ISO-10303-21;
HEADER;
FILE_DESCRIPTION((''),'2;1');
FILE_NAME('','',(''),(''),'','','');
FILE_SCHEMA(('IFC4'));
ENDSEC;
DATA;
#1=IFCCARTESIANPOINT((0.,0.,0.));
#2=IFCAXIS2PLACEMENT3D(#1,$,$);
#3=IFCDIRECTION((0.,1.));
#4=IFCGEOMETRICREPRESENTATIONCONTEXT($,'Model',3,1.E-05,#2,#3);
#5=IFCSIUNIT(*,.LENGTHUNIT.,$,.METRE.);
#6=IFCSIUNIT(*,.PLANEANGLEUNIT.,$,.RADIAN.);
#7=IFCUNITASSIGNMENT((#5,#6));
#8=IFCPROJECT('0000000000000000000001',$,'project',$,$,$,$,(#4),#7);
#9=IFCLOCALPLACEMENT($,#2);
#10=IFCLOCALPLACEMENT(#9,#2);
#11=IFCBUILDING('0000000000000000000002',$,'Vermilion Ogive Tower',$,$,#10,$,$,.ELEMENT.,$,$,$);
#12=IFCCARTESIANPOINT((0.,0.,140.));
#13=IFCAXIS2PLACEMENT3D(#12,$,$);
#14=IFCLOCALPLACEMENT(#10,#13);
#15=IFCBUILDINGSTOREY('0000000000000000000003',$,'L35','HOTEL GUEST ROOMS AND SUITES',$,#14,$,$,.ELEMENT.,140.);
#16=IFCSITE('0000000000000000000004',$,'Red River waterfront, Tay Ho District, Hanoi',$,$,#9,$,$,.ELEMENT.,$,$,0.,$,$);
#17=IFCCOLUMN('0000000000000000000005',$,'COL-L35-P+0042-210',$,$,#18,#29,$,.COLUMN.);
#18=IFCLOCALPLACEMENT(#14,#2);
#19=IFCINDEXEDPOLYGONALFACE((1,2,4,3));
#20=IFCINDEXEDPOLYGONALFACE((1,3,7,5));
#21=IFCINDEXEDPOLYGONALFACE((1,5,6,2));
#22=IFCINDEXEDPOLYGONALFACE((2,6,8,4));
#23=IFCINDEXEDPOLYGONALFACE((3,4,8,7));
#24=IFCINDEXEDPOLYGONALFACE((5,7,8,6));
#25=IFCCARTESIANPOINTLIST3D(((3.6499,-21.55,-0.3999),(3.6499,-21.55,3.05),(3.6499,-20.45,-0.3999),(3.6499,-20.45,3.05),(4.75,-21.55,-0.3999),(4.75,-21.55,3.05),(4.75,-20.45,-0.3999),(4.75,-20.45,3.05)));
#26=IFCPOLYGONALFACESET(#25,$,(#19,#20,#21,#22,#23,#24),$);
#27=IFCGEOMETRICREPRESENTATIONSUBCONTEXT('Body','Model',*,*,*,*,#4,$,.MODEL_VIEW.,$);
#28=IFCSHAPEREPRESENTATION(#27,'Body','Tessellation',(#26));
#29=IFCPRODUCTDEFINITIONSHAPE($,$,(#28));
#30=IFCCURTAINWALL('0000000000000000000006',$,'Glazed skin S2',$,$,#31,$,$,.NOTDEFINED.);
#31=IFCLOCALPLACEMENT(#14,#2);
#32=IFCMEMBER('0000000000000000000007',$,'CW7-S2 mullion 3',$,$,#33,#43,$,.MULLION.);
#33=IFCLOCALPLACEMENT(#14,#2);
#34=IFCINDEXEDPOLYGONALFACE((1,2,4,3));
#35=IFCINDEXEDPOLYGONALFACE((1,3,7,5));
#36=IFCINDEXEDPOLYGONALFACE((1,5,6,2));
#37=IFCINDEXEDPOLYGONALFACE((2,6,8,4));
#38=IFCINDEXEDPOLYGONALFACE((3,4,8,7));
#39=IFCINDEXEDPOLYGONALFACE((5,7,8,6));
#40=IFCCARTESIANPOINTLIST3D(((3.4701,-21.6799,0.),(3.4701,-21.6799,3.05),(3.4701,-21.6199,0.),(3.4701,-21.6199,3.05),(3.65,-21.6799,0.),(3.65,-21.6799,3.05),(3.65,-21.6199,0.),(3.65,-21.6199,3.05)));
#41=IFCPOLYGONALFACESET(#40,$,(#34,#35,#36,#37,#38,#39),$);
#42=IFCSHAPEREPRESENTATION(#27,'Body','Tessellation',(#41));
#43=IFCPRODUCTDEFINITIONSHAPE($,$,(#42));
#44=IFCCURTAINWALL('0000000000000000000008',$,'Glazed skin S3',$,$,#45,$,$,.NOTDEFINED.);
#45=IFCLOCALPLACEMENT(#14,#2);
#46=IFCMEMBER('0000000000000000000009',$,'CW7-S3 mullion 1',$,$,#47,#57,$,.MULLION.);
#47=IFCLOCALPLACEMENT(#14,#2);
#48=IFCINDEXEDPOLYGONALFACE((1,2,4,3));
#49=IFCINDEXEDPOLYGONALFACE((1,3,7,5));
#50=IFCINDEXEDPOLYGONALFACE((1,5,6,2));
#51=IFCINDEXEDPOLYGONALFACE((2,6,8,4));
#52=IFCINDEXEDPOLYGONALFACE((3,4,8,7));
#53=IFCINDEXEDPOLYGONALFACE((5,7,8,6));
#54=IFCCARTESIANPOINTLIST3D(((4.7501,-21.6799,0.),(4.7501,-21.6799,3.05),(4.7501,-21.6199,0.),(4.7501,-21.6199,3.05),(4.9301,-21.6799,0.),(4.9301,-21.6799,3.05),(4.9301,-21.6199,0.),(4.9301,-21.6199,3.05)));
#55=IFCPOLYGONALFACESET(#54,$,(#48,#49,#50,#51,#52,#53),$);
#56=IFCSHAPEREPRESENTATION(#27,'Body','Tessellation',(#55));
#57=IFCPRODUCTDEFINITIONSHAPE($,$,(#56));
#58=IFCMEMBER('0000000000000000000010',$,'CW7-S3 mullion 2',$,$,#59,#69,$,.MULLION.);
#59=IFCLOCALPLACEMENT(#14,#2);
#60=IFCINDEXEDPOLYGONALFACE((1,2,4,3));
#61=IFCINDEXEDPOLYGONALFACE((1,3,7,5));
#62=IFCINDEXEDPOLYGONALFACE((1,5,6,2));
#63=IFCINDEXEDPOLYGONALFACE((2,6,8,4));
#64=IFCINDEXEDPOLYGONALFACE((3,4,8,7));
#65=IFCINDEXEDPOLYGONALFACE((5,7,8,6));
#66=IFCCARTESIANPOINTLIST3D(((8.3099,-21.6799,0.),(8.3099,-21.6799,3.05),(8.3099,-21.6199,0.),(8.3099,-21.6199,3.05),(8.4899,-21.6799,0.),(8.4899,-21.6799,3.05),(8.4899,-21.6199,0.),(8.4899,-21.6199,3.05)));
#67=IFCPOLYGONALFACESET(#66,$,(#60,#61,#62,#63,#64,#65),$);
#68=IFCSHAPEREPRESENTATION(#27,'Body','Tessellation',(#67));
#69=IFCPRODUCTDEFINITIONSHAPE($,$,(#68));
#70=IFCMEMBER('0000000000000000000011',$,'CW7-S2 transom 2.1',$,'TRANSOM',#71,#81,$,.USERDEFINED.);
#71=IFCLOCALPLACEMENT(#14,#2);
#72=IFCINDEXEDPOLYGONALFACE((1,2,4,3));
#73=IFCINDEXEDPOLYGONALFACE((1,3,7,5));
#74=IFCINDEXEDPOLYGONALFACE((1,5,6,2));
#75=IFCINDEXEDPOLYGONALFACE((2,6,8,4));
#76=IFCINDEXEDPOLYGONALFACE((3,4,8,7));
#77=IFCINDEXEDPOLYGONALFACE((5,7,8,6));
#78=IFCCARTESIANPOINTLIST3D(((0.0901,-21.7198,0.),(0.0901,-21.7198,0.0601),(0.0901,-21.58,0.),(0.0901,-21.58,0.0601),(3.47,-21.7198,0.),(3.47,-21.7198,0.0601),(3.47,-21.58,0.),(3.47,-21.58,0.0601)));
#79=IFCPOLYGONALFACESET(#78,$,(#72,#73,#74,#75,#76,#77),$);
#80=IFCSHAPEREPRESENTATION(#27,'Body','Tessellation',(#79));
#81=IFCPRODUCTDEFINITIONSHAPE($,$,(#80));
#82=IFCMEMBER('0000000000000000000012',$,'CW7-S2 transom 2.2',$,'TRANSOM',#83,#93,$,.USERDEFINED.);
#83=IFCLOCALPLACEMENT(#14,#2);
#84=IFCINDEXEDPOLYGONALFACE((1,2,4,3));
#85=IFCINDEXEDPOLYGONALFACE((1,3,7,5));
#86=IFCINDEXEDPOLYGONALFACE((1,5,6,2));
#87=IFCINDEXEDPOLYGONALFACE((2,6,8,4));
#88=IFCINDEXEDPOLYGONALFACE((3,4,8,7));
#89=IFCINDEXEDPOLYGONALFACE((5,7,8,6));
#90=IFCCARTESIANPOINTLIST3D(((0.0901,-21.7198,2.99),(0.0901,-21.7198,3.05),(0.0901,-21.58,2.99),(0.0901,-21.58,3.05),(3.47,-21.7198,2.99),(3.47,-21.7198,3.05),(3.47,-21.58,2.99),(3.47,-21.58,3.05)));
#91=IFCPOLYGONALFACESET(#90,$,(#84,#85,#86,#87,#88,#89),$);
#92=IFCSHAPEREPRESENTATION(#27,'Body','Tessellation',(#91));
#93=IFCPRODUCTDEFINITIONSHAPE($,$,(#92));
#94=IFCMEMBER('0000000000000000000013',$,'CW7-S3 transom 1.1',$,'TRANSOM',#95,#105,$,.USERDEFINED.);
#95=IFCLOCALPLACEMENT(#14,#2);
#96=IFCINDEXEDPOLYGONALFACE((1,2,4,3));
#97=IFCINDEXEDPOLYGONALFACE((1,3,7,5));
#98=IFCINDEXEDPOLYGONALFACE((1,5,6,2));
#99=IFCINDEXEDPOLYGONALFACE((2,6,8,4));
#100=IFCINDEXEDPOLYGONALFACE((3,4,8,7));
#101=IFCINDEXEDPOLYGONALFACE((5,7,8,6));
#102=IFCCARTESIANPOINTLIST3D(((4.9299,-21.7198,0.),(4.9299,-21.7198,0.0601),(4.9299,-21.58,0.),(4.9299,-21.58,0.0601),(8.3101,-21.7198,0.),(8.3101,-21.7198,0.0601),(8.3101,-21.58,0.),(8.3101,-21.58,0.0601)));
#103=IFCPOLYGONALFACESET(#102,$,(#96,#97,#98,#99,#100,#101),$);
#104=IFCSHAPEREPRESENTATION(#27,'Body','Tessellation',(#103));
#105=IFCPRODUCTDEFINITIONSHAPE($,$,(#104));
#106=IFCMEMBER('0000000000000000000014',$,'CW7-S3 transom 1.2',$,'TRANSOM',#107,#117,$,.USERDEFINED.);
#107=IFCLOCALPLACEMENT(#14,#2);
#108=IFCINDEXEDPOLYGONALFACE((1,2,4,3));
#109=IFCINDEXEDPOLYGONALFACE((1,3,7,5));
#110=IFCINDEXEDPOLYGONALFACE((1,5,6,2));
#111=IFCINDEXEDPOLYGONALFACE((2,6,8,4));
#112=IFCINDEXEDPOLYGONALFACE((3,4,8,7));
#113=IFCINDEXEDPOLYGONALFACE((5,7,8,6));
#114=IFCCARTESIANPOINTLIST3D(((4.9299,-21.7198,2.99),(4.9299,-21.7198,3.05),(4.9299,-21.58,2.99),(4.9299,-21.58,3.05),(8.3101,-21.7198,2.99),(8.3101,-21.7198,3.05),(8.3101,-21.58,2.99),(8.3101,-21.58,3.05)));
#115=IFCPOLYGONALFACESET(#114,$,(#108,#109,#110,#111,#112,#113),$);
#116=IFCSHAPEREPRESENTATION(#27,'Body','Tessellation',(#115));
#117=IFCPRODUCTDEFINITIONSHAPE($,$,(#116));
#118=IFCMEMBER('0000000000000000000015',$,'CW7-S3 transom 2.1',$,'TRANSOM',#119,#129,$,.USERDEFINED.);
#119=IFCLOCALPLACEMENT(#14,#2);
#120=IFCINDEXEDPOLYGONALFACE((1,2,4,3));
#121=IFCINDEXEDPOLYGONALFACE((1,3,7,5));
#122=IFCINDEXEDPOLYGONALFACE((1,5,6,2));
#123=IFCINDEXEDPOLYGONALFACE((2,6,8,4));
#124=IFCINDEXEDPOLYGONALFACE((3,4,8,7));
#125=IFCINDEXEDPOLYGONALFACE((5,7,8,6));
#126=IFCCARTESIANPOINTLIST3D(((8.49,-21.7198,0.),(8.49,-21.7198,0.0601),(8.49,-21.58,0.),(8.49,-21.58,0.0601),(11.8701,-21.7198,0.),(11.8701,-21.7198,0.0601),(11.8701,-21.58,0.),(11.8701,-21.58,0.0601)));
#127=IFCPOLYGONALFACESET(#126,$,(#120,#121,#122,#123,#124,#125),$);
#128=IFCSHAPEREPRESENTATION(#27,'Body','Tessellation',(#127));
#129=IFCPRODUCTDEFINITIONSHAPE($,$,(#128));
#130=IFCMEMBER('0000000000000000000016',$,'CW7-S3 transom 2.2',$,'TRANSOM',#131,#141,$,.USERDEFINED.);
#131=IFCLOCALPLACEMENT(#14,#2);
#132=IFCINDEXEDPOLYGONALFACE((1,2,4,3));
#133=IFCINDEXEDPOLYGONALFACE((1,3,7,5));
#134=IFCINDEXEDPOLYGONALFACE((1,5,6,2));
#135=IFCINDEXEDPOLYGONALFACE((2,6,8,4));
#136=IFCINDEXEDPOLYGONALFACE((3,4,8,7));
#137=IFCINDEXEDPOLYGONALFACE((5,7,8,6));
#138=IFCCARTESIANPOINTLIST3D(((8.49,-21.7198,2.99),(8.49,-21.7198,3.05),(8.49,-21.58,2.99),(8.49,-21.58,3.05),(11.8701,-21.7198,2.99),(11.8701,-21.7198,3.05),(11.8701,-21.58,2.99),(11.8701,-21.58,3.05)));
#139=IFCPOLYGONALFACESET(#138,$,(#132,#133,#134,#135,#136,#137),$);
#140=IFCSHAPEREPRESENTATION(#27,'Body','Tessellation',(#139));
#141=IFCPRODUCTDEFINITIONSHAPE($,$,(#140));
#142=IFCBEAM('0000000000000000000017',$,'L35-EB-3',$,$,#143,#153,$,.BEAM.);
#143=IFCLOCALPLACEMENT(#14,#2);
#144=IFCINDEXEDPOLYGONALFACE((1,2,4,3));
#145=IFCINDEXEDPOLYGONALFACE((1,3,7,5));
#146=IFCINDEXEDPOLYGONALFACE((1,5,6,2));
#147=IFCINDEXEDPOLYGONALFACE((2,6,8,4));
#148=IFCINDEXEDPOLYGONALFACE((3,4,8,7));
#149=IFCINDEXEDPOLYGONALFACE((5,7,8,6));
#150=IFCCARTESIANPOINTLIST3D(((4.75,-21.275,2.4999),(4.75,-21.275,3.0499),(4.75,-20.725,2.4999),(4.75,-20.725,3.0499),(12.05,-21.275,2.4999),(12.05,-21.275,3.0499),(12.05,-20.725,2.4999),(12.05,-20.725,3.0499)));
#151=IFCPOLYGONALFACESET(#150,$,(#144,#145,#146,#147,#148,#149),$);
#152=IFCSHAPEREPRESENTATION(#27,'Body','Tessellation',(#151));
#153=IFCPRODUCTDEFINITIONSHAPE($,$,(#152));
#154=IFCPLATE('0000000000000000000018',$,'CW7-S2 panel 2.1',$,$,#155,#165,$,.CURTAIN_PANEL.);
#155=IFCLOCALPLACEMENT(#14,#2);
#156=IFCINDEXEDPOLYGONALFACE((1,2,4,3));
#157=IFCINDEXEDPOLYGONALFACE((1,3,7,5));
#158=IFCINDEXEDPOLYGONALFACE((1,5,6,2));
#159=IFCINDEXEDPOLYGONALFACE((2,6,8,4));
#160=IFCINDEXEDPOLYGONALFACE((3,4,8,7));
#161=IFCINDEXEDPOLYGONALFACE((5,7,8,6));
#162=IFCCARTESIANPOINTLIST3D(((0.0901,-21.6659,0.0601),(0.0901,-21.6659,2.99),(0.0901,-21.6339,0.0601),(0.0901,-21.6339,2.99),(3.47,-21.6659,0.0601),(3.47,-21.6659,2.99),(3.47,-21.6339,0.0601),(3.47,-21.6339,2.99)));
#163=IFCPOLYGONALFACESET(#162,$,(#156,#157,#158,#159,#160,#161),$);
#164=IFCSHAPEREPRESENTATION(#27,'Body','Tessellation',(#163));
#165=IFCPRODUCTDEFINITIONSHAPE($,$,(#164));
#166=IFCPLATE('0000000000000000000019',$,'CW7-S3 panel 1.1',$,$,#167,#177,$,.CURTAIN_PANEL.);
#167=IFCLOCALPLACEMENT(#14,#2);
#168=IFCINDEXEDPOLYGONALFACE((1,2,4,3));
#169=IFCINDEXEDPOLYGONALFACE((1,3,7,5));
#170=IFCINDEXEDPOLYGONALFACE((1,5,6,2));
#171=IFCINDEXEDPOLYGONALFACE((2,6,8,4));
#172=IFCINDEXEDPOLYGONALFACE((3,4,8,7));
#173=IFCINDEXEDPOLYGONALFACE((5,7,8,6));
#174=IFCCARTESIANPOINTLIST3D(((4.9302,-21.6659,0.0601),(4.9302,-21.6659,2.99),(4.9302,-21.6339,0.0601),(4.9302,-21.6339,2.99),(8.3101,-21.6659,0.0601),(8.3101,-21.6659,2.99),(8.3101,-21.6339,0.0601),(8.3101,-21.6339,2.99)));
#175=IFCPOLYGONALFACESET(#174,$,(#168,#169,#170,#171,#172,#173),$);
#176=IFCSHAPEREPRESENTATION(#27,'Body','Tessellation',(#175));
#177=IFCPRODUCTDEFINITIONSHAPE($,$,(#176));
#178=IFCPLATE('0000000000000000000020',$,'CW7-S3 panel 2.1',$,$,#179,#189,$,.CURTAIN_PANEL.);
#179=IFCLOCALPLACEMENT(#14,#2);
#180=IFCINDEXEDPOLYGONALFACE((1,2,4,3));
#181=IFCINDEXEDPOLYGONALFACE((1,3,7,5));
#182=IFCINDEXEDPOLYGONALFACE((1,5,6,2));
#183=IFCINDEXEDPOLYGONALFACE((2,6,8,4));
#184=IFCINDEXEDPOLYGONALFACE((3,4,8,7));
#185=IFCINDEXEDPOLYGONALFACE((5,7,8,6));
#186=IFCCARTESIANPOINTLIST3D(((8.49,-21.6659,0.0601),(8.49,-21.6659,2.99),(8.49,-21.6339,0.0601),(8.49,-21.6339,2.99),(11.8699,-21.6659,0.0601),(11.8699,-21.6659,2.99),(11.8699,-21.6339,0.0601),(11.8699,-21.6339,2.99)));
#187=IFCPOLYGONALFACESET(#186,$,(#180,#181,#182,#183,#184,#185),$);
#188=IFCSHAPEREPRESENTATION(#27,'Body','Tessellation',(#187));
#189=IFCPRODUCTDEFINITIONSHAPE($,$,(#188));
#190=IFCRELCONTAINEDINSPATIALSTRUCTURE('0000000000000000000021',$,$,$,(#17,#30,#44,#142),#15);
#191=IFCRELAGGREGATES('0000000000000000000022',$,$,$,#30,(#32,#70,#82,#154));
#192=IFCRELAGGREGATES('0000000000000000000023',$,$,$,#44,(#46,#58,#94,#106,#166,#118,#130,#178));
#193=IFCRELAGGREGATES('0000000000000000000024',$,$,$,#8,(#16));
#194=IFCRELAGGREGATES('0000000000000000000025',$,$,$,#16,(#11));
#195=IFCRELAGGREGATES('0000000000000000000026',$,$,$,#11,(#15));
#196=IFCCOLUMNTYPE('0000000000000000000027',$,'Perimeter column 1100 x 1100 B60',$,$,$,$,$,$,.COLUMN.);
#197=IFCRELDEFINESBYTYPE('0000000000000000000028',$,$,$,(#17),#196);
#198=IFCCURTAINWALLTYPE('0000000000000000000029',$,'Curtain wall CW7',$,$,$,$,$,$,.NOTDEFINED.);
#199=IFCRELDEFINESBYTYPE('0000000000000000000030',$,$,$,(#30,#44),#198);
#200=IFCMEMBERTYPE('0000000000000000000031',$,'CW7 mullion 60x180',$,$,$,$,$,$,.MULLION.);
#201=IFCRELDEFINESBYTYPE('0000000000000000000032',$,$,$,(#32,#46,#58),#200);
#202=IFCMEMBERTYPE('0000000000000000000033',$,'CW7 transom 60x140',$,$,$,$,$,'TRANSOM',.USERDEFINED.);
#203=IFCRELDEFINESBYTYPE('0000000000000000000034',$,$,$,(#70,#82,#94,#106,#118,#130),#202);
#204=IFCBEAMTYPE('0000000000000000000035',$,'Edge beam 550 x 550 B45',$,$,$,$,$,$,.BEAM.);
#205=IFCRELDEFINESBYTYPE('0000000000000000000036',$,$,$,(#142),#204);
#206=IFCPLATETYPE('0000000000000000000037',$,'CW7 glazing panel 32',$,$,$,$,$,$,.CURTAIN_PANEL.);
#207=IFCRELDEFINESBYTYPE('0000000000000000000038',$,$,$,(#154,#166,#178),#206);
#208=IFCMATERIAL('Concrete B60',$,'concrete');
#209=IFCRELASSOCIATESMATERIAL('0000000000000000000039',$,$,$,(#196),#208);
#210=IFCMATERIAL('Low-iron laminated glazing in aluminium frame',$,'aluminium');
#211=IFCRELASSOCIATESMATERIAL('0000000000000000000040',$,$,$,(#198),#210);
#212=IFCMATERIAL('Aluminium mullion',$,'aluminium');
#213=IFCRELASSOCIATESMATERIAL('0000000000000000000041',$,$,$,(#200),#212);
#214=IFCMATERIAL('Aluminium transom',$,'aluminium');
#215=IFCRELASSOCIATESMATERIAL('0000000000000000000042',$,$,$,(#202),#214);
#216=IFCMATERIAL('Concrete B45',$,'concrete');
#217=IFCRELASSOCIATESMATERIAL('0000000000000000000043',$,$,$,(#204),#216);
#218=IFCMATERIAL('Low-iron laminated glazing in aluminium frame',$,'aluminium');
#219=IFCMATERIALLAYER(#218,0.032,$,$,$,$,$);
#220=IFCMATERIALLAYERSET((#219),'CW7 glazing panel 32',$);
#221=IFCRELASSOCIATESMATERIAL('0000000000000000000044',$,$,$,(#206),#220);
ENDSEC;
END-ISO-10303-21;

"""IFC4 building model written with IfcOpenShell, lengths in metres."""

from ifc_helpers import new_model, si_unit, direction, frame, origin, origin_2d, place, context, subcontext, project, spatial, rectangle, extrude, material, layer, layer_set, material_profile, profile_set, type_object, element, aggregate, save


model = new_model("IFC4")

# Units and contexts
model_context = context("Model", 3, precision=1e-05, world=origin(), true_north=direction((0.0, 1.0)))
body_context = subcontext(model_context, "Body", "Model", "MODEL_VIEW")
ifc_project = project(units=[si_unit("LENGTHUNIT", "METRE"), si_unit("PLANEANGLEUNIT", "RADIAN")], contexts=[model_context])

# Site, building, storey
site_placement = place(None, origin())
site = spatial("IfcSite", under=ifc_project, at=site_placement, Name="Red River waterfront, Tay Ho District, Hanoi", CompositionType="ELEMENT", RefElevation=0.0)
building_placement = place(site_placement, origin())
building = spatial("IfcBuilding", under=site, at=building_placement, Name="Vermilion Ogive Tower", CompositionType="ELEMENT")
storey_placement = place(building_placement, frame((0.0, 0.0, 140.0)))
storey = spatial("IfcBuildingStorey", under=building, at=storey_placement, Name="L35", Description="HOTEL GUEST ROOMS AND SUITES", CompositionType="ELEMENT", Elevation=140.0)

# Column
ifc_material_1 = material(Name="Concrete B60", Category="concrete")
ifc_material_profile_1 = material_profile(ifc_material_1, rectangle(XDim=1.1001, YDim=1.1001, at=origin_2d()), Name="1100 x 1100")
ifc_profile_set_1 = profile_set([ifc_material_profile_1], Name="Concrete B60")
column_type = type_object("IfcColumnType", Name="Perimeter column 1100 x 1100 B60", PredefinedType="COLUMN", material=ifc_profile_set_1)
column_placement = place(storey_placement, frame((4.2, -21.0, -0.3999), z_axis=(0.0, 0.0, 1.0), x_axis=(1.0, 0.0, 0.0)))
element("IfcColumn", 1, at=column_placement, inside=storey, type_object=column_type, Name="COL-L35-P+0042-210", PredefinedType="COLUMN", context=body_context, shape_type="SweptSolid", body=[
    extrude(rectangle(XDim=1.1001, YDim=1.1001, at=origin_2d()), origin(), (0.0, 0.0, 1.0), 3.45),
])

# Curtain wall, member
ifc_material_2 = material(Name="Low-iron laminated glazing in aluminium frame", Category="aluminium")
curtain_wall_type = type_object("IfcCurtainWallType", Name="Curtain wall CW7", PredefinedType="NOTDEFINED", material=ifc_material_2)
curtain_wall_1_placement = place(storey_placement, origin())
curtain_wall_1 = element("IfcCurtainWall", 2, at=curtain_wall_1_placement, inside=storey, type_object=curtain_wall_type, Name="Glazed skin S2", PredefinedType="NOTDEFINED")
ifc_material_3 = material(Name="Aluminium mullion", Category="aluminium")
ifc_material_profile_2 = material_profile(ifc_material_3, rectangle(XDim=0.0601, YDim=0.1799, at=origin_2d()), Name="AL 60x180")
ifc_profile_set_2 = profile_set([ifc_material_profile_2], Name="Aluminium mullion")
member_type_1 = type_object("IfcMemberType", Name="CW7 mullion 60x180", PredefinedType="MULLION", material=ifc_profile_set_2)
member_1_placement = place(storey_placement, frame((3.5601, -21.6499, 0.0), z_axis=(0.0, 0.0, 1.0), x_axis=(0.0, 1.0, 0.0)))
member_1 = element("IfcMember", 3, at=member_1_placement, type_object=member_type_1, Name="CW7-S2 mullion 3", PredefinedType="MULLION", context=body_context, shape_type="SweptSolid", body=[
    extrude(rectangle(XDim=0.0601, YDim=0.1799, at=origin_2d()), origin(), (0.0, 0.0, 1.0), 3.05),
])

# Curtain wall, members
curtain_wall_2_placement = place(storey_placement, origin())
curtain_wall_2 = element("IfcCurtainWall", 4, at=curtain_wall_2_placement, inside=storey, type_object=curtain_wall_type, Name="Glazed skin S3", PredefinedType="NOTDEFINED")
member_2_placement = place(storey_placement, frame((4.8401, -21.6499, 0.0), z_axis=(0.0, 0.0, 1.0), x_axis=(0.0, 1.0, 0.0)))
member_2 = element("IfcMember", 5, at=member_2_placement, type_object=member_type_1, Name="CW7-S3 mullion 1", PredefinedType="MULLION", context=body_context, shape_type="SweptSolid", body=[
    extrude(rectangle(XDim=0.0601, YDim=0.1799, at=origin_2d()), origin(), (0.0, 0.0, 1.0), 3.05),
])
member_3_placement = place(storey_placement, frame((8.3999, -21.6499, 0.0), z_axis=(0.0, 0.0, 1.0), x_axis=(0.0, 1.0, 0.0)))
member_3 = element("IfcMember", 6, at=member_3_placement, type_object=member_type_1, Name="CW7-S3 mullion 2", PredefinedType="MULLION", context=body_context, shape_type="SweptSolid", body=[
    extrude(rectangle(XDim=0.0601, YDim=0.1799, at=origin_2d()), origin(), (0.0, 0.0, 1.0), 3.05),
])

# Members
ifc_material_4 = material(Name="Aluminium transom", Category="aluminium")
ifc_material_profile_3 = material_profile(ifc_material_4, rectangle(XDim=0.1399, YDim=0.0601, at=origin_2d()), Name="AL 60x140")
ifc_profile_set_3 = profile_set([ifc_material_profile_3], Name="Aluminium transom")
member_type_2 = type_object("IfcMemberType", Name="CW7 transom 60x140", ElementType="TRANSOM", PredefinedType="USERDEFINED", material=ifc_profile_set_3)
member_4_placement = place(storey_placement, frame((0.0901, -21.6499, 0.03), z_axis=(1.0, 0.0, 0.0), x_axis=(0.0, 1.0, 0.0)))
member_4 = element("IfcMember", 7, at=member_4_placement, type_object=member_type_2, Name="CW7-S2 transom 2.1", ObjectType="TRANSOM", PredefinedType="USERDEFINED", context=body_context, shape_type="SweptSolid", body=[
    extrude(rectangle(XDim=0.1399, YDim=0.0601, at=origin_2d()), origin(), (0.0, 0.0, 1.0), 3.3799),
])
member_5_placement = place(storey_placement, frame((0.0901, -21.6499, 3.02), z_axis=(1.0, 0.0, 0.0), x_axis=(0.0, 1.0, 0.0)))
member_5 = element("IfcMember", 8, at=member_5_placement, type_object=member_type_2, Name="CW7-S2 transom 2.2", ObjectType="TRANSOM", PredefinedType="USERDEFINED", context=body_context, shape_type="SweptSolid", body=[
    extrude(rectangle(XDim=0.1399, YDim=0.0601, at=origin_2d()), origin(), (0.0, 0.0, 1.0), 3.3799),
])
member_6_placement = place(storey_placement, frame((4.9299, -21.6499, 0.03), z_axis=(1.0, 0.0, 0.0), x_axis=(0.0, 1.0, 0.0)))
member_6 = element("IfcMember", 9, at=member_6_placement, type_object=member_type_2, Name="CW7-S3 transom 1.1", ObjectType="TRANSOM", PredefinedType="USERDEFINED", context=body_context, shape_type="SweptSolid", body=[
    extrude(rectangle(XDim=0.1399, YDim=0.0601, at=origin_2d()), origin(), (0.0, 0.0, 1.0), 3.3801),
])
member_7_placement = place(storey_placement, frame((4.9299, -21.6499, 3.02), z_axis=(1.0, 0.0, 0.0), x_axis=(0.0, 1.0, 0.0)))
member_7 = element("IfcMember", 10, at=member_7_placement, type_object=member_type_2, Name="CW7-S3 transom 1.2", ObjectType="TRANSOM", PredefinedType="USERDEFINED", context=body_context, shape_type="SweptSolid", body=[
    extrude(rectangle(XDim=0.1399, YDim=0.0601, at=origin_2d()), origin(), (0.0, 0.0, 1.0), 3.3801),
])
member_8_placement = place(storey_placement, frame((8.49, -21.6499, 0.03), z_axis=(1.0, 0.0, 0.0), x_axis=(0.0, 1.0, 0.0)))
member_8 = element("IfcMember", 11, at=member_8_placement, type_object=member_type_2, Name="CW7-S3 transom 2.1", ObjectType="TRANSOM", PredefinedType="USERDEFINED", context=body_context, shape_type="SweptSolid", body=[
    extrude(rectangle(XDim=0.1399, YDim=0.0601, at=origin_2d()), origin(), (0.0, 0.0, 1.0), 3.3801),
])
member_9_placement = place(storey_placement, frame((8.49, -21.6499, 3.02), z_axis=(1.0, 0.0, 0.0), x_axis=(0.0, 1.0, 0.0)))
member_9 = element("IfcMember", 12, at=member_9_placement, type_object=member_type_2, Name="CW7-S3 transom 2.2", ObjectType="TRANSOM", PredefinedType="USERDEFINED", context=body_context, shape_type="SweptSolid", body=[
    extrude(rectangle(XDim=0.1399, YDim=0.0601, at=origin_2d()), origin(), (0.0, 0.0, 1.0), 3.3801),
])

# Beam
ifc_material_5 = material(Name="Concrete B45", Category="concrete")
ifc_material_profile_4 = material_profile(ifc_material_5, rectangle(XDim=0.55, YDim=0.55, at=origin_2d()), Name="550 x 550")
ifc_profile_set_4 = profile_set([ifc_material_profile_4], Name="Concrete B45")
beam_type = type_object("IfcBeamType", Name="Edge beam 550 x 550 B45", PredefinedType="BEAM", material=ifc_profile_set_4)
beam_placement = place(storey_placement, frame((4.75, -21.0, 2.7749), z_axis=(1.0, 0.0, 0.0), x_axis=(0.0, 1.0, 0.0)))
element("IfcBeam", 13, at=beam_placement, inside=storey, type_object=beam_type, Name="L35-EB-3", PredefinedType="BEAM", context=body_context, shape_type="SweptSolid", body=[
    extrude(rectangle(XDim=0.55, YDim=0.55, at=origin_2d()), origin(), (0.0, 0.0, 1.0), 7.3),
])

# Plates
ifc_material_6 = material(Name="Low-iron laminated glazing in aluminium frame", Category="aluminium")
ifc_layer_1 = layer(ifc_material_6, 0.032)
ifc_layer_set_1 = layer_set([ifc_layer_1], Name="CW7 glazing panel 32")
plate_type = type_object("IfcPlateType", Name="CW7 glazing panel 32", PredefinedType="CURTAIN_PANEL", material=ifc_layer_set_1)
plate_1_placement = place(storey_placement, frame((1.78, -21.6499, 0.0601), z_axis=(0.0, 0.0, 1.0), x_axis=(1.0, 0.0, 0.0)))
plate_1 = element("IfcPlate", 14, at=plate_1_placement, type_object=plate_type, Name="CW7-S2 panel 2.1", PredefinedType="CURTAIN_PANEL", context=body_context, shape_type="SweptSolid", body=[
    extrude(rectangle(XDim=3.3799, YDim=0.032, at=origin_2d()), origin(), (0.0, 0.0, 1.0), 2.9299),
])
aggregate(curtain_wall_1, [member_1, member_4, member_5, plate_1])
plate_2_placement = place(storey_placement, frame((6.6201, -21.6499, 0.0601), z_axis=(0.0, 0.0, 1.0), x_axis=(1.0, 0.0, 0.0)))
plate_2 = element("IfcPlate", 15, at=plate_2_placement, type_object=plate_type, Name="CW7-S3 panel 1.1", PredefinedType="CURTAIN_PANEL", context=body_context, shape_type="SweptSolid", body=[
    extrude(rectangle(XDim=3.3799, YDim=0.032, at=origin_2d()), origin(), (0.0, 0.0, 1.0), 2.9299),
])
plate_3_placement = place(storey_placement, frame((10.1799, -21.6499, 0.0601), z_axis=(0.0, 0.0, 1.0), x_axis=(1.0, 0.0, 0.0)))
plate_3 = element("IfcPlate", 16, at=plate_3_placement, type_object=plate_type, Name="CW7-S3 panel 2.1", PredefinedType="CURTAIN_PANEL", context=body_context, shape_type="SweptSolid", body=[
    extrude(rectangle(XDim=3.3799, YDim=0.032, at=origin_2d()), origin(), (0.0, 0.0, 1.0), 2.9299),
])
aggregate(curtain_wall_2, [member_2, member_3, member_6, member_7, plate_2, member_8, member_9, plate_3])

save(model, "model.ifc")
